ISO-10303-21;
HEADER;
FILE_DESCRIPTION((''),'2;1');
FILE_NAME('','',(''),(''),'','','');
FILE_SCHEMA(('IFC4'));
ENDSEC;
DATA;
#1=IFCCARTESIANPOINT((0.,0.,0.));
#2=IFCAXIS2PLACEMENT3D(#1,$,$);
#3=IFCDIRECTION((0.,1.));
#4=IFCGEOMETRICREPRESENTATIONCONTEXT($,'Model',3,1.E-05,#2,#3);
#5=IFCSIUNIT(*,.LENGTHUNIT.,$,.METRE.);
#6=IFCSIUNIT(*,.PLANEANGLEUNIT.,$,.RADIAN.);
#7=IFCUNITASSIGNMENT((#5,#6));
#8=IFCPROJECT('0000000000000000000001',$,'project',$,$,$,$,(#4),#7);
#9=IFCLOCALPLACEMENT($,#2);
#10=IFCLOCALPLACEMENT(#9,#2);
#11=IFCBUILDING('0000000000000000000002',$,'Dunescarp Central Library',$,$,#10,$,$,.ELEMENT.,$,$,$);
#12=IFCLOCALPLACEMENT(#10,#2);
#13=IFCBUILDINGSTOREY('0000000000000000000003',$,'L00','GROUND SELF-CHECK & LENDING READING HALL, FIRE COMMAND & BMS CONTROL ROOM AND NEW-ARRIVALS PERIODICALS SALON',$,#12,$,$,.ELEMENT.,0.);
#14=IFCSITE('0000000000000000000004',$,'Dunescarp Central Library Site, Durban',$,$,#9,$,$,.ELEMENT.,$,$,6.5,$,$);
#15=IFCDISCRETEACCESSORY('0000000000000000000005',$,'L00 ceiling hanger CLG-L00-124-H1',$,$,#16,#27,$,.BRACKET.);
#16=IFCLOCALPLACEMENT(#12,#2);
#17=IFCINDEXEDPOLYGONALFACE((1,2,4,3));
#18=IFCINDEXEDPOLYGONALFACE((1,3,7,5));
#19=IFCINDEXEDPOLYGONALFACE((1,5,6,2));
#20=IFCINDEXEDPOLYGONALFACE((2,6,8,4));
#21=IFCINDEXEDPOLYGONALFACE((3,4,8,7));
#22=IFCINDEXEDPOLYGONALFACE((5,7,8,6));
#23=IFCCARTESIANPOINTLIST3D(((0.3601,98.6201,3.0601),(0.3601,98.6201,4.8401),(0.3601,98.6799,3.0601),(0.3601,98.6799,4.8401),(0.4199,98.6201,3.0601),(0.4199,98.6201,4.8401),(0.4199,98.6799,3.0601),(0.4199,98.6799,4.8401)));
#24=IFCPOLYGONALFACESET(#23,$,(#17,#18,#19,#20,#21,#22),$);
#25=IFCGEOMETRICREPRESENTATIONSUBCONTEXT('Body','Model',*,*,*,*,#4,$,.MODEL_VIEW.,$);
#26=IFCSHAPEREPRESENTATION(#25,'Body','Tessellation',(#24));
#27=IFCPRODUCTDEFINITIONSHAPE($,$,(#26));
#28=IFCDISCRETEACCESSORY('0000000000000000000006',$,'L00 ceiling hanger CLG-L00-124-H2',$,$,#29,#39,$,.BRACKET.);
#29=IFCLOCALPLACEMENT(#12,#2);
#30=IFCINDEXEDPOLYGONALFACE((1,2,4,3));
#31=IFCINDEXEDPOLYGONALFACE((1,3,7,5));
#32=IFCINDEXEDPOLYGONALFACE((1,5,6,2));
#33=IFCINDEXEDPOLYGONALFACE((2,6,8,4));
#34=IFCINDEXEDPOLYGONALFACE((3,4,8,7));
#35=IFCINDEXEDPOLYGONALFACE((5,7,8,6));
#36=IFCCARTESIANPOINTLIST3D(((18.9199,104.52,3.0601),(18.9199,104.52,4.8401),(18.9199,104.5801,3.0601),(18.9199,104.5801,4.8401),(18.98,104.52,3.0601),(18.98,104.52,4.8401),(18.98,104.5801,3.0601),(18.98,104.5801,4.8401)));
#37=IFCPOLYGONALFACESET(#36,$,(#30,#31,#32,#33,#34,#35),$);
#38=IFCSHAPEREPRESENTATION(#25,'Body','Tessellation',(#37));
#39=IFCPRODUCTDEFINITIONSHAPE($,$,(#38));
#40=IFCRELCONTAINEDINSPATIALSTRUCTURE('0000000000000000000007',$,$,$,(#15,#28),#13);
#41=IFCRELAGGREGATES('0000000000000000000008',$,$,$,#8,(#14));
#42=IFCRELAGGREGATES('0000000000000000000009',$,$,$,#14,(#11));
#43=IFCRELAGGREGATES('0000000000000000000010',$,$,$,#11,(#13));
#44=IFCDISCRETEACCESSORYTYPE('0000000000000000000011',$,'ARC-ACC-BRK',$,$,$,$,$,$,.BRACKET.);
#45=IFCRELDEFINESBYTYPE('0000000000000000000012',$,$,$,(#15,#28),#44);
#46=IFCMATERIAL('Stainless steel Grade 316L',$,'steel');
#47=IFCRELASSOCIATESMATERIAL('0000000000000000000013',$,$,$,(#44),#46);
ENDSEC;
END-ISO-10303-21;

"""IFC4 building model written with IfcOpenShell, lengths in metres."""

from ifc_helpers import new_model, si_unit, direction, frame, origin, place, context, subcontext, project, spatial, polyline, outline, extrude, material, type_object, element, save


model = new_model("IFC4")

# Units and contexts
model_context = context("Model", 3, precision=1e-05, world=origin(), true_north=direction((0.0, 1.0)))
body_context = subcontext(model_context, "Body", "Model", "MODEL_VIEW")
ifc_project = project(units=[si_unit("LENGTHUNIT", "METRE"), si_unit("PLANEANGLEUNIT", "RADIAN")], contexts=[model_context])

# Site, building, storey
site_placement = place(None, origin())
site = spatial("IfcSite", under=ifc_project, at=site_placement, Name="Dunescarp Central Library Site, Durban", CompositionType="ELEMENT", RefElevation=6.5)
building_placement = place(site_placement, origin())
building = spatial("IfcBuilding", under=site, at=building_placement, Name="Dunescarp Central Library", CompositionType="ELEMENT")
storey_placement = place(building_placement, origin())
storey = spatial("IfcBuildingStorey", under=building, at=storey_placement, Name="L00", Description="GROUND SELF-CHECK & LENDING READING HALL, FIRE COMMAND & BMS CONTROL ROOM AND NEW-ARRIVALS PERIODICALS SALON", CompositionType="ELEMENT", Elevation=0.0)

# Discrete accessories
ifc_material_1 = material(Name="Stainless steel Grade 316L", Category="steel")
discrete_accessory_type = type_object("IfcDiscreteAccessoryType", Name="ARC-ACC-BRK", PredefinedType="BRACKET", material=ifc_material_1)
discrete_accessory_1_placement = place(storey_placement, frame((0.0, 0.0, 3.0601)))
element("IfcDiscreteAccessory", 1, at=discrete_accessory_1_placement, inside=storey, type_object=discrete_accessory_type, Name="L00 ceiling hanger CLG-L00-124-H1", PredefinedType="BRACKET", context=body_context, shape_type="SweptSolid", body=[
    extrude(outline(polyline([(0.3601, 98.6201), (0.4199, 98.6201), (0.4199, 98.6799), (0.3601, 98.6799), (0.3601, 98.6201)])), origin(), (0.0, 0.0, 1.0), 1.78),
])
discrete_accessory_2_placement = place(storey_placement, frame((0.0, 0.0, 3.0601)))
element("IfcDiscreteAccessory", 2, at=discrete_accessory_2_placement, inside=storey, type_object=discrete_accessory_type, Name="L00 ceiling hanger CLG-L00-124-H2", PredefinedType="BRACKET", context=body_context, shape_type="SweptSolid", body=[
    extrude(outline(polyline([(18.9199, 104.52), (18.98, 104.52), (18.98, 104.5801), (18.9199, 104.5801), (18.9199, 104.52)])), origin(), (0.0, 0.0, 1.0), 1.78),
])

save(model, "model.ifc")
